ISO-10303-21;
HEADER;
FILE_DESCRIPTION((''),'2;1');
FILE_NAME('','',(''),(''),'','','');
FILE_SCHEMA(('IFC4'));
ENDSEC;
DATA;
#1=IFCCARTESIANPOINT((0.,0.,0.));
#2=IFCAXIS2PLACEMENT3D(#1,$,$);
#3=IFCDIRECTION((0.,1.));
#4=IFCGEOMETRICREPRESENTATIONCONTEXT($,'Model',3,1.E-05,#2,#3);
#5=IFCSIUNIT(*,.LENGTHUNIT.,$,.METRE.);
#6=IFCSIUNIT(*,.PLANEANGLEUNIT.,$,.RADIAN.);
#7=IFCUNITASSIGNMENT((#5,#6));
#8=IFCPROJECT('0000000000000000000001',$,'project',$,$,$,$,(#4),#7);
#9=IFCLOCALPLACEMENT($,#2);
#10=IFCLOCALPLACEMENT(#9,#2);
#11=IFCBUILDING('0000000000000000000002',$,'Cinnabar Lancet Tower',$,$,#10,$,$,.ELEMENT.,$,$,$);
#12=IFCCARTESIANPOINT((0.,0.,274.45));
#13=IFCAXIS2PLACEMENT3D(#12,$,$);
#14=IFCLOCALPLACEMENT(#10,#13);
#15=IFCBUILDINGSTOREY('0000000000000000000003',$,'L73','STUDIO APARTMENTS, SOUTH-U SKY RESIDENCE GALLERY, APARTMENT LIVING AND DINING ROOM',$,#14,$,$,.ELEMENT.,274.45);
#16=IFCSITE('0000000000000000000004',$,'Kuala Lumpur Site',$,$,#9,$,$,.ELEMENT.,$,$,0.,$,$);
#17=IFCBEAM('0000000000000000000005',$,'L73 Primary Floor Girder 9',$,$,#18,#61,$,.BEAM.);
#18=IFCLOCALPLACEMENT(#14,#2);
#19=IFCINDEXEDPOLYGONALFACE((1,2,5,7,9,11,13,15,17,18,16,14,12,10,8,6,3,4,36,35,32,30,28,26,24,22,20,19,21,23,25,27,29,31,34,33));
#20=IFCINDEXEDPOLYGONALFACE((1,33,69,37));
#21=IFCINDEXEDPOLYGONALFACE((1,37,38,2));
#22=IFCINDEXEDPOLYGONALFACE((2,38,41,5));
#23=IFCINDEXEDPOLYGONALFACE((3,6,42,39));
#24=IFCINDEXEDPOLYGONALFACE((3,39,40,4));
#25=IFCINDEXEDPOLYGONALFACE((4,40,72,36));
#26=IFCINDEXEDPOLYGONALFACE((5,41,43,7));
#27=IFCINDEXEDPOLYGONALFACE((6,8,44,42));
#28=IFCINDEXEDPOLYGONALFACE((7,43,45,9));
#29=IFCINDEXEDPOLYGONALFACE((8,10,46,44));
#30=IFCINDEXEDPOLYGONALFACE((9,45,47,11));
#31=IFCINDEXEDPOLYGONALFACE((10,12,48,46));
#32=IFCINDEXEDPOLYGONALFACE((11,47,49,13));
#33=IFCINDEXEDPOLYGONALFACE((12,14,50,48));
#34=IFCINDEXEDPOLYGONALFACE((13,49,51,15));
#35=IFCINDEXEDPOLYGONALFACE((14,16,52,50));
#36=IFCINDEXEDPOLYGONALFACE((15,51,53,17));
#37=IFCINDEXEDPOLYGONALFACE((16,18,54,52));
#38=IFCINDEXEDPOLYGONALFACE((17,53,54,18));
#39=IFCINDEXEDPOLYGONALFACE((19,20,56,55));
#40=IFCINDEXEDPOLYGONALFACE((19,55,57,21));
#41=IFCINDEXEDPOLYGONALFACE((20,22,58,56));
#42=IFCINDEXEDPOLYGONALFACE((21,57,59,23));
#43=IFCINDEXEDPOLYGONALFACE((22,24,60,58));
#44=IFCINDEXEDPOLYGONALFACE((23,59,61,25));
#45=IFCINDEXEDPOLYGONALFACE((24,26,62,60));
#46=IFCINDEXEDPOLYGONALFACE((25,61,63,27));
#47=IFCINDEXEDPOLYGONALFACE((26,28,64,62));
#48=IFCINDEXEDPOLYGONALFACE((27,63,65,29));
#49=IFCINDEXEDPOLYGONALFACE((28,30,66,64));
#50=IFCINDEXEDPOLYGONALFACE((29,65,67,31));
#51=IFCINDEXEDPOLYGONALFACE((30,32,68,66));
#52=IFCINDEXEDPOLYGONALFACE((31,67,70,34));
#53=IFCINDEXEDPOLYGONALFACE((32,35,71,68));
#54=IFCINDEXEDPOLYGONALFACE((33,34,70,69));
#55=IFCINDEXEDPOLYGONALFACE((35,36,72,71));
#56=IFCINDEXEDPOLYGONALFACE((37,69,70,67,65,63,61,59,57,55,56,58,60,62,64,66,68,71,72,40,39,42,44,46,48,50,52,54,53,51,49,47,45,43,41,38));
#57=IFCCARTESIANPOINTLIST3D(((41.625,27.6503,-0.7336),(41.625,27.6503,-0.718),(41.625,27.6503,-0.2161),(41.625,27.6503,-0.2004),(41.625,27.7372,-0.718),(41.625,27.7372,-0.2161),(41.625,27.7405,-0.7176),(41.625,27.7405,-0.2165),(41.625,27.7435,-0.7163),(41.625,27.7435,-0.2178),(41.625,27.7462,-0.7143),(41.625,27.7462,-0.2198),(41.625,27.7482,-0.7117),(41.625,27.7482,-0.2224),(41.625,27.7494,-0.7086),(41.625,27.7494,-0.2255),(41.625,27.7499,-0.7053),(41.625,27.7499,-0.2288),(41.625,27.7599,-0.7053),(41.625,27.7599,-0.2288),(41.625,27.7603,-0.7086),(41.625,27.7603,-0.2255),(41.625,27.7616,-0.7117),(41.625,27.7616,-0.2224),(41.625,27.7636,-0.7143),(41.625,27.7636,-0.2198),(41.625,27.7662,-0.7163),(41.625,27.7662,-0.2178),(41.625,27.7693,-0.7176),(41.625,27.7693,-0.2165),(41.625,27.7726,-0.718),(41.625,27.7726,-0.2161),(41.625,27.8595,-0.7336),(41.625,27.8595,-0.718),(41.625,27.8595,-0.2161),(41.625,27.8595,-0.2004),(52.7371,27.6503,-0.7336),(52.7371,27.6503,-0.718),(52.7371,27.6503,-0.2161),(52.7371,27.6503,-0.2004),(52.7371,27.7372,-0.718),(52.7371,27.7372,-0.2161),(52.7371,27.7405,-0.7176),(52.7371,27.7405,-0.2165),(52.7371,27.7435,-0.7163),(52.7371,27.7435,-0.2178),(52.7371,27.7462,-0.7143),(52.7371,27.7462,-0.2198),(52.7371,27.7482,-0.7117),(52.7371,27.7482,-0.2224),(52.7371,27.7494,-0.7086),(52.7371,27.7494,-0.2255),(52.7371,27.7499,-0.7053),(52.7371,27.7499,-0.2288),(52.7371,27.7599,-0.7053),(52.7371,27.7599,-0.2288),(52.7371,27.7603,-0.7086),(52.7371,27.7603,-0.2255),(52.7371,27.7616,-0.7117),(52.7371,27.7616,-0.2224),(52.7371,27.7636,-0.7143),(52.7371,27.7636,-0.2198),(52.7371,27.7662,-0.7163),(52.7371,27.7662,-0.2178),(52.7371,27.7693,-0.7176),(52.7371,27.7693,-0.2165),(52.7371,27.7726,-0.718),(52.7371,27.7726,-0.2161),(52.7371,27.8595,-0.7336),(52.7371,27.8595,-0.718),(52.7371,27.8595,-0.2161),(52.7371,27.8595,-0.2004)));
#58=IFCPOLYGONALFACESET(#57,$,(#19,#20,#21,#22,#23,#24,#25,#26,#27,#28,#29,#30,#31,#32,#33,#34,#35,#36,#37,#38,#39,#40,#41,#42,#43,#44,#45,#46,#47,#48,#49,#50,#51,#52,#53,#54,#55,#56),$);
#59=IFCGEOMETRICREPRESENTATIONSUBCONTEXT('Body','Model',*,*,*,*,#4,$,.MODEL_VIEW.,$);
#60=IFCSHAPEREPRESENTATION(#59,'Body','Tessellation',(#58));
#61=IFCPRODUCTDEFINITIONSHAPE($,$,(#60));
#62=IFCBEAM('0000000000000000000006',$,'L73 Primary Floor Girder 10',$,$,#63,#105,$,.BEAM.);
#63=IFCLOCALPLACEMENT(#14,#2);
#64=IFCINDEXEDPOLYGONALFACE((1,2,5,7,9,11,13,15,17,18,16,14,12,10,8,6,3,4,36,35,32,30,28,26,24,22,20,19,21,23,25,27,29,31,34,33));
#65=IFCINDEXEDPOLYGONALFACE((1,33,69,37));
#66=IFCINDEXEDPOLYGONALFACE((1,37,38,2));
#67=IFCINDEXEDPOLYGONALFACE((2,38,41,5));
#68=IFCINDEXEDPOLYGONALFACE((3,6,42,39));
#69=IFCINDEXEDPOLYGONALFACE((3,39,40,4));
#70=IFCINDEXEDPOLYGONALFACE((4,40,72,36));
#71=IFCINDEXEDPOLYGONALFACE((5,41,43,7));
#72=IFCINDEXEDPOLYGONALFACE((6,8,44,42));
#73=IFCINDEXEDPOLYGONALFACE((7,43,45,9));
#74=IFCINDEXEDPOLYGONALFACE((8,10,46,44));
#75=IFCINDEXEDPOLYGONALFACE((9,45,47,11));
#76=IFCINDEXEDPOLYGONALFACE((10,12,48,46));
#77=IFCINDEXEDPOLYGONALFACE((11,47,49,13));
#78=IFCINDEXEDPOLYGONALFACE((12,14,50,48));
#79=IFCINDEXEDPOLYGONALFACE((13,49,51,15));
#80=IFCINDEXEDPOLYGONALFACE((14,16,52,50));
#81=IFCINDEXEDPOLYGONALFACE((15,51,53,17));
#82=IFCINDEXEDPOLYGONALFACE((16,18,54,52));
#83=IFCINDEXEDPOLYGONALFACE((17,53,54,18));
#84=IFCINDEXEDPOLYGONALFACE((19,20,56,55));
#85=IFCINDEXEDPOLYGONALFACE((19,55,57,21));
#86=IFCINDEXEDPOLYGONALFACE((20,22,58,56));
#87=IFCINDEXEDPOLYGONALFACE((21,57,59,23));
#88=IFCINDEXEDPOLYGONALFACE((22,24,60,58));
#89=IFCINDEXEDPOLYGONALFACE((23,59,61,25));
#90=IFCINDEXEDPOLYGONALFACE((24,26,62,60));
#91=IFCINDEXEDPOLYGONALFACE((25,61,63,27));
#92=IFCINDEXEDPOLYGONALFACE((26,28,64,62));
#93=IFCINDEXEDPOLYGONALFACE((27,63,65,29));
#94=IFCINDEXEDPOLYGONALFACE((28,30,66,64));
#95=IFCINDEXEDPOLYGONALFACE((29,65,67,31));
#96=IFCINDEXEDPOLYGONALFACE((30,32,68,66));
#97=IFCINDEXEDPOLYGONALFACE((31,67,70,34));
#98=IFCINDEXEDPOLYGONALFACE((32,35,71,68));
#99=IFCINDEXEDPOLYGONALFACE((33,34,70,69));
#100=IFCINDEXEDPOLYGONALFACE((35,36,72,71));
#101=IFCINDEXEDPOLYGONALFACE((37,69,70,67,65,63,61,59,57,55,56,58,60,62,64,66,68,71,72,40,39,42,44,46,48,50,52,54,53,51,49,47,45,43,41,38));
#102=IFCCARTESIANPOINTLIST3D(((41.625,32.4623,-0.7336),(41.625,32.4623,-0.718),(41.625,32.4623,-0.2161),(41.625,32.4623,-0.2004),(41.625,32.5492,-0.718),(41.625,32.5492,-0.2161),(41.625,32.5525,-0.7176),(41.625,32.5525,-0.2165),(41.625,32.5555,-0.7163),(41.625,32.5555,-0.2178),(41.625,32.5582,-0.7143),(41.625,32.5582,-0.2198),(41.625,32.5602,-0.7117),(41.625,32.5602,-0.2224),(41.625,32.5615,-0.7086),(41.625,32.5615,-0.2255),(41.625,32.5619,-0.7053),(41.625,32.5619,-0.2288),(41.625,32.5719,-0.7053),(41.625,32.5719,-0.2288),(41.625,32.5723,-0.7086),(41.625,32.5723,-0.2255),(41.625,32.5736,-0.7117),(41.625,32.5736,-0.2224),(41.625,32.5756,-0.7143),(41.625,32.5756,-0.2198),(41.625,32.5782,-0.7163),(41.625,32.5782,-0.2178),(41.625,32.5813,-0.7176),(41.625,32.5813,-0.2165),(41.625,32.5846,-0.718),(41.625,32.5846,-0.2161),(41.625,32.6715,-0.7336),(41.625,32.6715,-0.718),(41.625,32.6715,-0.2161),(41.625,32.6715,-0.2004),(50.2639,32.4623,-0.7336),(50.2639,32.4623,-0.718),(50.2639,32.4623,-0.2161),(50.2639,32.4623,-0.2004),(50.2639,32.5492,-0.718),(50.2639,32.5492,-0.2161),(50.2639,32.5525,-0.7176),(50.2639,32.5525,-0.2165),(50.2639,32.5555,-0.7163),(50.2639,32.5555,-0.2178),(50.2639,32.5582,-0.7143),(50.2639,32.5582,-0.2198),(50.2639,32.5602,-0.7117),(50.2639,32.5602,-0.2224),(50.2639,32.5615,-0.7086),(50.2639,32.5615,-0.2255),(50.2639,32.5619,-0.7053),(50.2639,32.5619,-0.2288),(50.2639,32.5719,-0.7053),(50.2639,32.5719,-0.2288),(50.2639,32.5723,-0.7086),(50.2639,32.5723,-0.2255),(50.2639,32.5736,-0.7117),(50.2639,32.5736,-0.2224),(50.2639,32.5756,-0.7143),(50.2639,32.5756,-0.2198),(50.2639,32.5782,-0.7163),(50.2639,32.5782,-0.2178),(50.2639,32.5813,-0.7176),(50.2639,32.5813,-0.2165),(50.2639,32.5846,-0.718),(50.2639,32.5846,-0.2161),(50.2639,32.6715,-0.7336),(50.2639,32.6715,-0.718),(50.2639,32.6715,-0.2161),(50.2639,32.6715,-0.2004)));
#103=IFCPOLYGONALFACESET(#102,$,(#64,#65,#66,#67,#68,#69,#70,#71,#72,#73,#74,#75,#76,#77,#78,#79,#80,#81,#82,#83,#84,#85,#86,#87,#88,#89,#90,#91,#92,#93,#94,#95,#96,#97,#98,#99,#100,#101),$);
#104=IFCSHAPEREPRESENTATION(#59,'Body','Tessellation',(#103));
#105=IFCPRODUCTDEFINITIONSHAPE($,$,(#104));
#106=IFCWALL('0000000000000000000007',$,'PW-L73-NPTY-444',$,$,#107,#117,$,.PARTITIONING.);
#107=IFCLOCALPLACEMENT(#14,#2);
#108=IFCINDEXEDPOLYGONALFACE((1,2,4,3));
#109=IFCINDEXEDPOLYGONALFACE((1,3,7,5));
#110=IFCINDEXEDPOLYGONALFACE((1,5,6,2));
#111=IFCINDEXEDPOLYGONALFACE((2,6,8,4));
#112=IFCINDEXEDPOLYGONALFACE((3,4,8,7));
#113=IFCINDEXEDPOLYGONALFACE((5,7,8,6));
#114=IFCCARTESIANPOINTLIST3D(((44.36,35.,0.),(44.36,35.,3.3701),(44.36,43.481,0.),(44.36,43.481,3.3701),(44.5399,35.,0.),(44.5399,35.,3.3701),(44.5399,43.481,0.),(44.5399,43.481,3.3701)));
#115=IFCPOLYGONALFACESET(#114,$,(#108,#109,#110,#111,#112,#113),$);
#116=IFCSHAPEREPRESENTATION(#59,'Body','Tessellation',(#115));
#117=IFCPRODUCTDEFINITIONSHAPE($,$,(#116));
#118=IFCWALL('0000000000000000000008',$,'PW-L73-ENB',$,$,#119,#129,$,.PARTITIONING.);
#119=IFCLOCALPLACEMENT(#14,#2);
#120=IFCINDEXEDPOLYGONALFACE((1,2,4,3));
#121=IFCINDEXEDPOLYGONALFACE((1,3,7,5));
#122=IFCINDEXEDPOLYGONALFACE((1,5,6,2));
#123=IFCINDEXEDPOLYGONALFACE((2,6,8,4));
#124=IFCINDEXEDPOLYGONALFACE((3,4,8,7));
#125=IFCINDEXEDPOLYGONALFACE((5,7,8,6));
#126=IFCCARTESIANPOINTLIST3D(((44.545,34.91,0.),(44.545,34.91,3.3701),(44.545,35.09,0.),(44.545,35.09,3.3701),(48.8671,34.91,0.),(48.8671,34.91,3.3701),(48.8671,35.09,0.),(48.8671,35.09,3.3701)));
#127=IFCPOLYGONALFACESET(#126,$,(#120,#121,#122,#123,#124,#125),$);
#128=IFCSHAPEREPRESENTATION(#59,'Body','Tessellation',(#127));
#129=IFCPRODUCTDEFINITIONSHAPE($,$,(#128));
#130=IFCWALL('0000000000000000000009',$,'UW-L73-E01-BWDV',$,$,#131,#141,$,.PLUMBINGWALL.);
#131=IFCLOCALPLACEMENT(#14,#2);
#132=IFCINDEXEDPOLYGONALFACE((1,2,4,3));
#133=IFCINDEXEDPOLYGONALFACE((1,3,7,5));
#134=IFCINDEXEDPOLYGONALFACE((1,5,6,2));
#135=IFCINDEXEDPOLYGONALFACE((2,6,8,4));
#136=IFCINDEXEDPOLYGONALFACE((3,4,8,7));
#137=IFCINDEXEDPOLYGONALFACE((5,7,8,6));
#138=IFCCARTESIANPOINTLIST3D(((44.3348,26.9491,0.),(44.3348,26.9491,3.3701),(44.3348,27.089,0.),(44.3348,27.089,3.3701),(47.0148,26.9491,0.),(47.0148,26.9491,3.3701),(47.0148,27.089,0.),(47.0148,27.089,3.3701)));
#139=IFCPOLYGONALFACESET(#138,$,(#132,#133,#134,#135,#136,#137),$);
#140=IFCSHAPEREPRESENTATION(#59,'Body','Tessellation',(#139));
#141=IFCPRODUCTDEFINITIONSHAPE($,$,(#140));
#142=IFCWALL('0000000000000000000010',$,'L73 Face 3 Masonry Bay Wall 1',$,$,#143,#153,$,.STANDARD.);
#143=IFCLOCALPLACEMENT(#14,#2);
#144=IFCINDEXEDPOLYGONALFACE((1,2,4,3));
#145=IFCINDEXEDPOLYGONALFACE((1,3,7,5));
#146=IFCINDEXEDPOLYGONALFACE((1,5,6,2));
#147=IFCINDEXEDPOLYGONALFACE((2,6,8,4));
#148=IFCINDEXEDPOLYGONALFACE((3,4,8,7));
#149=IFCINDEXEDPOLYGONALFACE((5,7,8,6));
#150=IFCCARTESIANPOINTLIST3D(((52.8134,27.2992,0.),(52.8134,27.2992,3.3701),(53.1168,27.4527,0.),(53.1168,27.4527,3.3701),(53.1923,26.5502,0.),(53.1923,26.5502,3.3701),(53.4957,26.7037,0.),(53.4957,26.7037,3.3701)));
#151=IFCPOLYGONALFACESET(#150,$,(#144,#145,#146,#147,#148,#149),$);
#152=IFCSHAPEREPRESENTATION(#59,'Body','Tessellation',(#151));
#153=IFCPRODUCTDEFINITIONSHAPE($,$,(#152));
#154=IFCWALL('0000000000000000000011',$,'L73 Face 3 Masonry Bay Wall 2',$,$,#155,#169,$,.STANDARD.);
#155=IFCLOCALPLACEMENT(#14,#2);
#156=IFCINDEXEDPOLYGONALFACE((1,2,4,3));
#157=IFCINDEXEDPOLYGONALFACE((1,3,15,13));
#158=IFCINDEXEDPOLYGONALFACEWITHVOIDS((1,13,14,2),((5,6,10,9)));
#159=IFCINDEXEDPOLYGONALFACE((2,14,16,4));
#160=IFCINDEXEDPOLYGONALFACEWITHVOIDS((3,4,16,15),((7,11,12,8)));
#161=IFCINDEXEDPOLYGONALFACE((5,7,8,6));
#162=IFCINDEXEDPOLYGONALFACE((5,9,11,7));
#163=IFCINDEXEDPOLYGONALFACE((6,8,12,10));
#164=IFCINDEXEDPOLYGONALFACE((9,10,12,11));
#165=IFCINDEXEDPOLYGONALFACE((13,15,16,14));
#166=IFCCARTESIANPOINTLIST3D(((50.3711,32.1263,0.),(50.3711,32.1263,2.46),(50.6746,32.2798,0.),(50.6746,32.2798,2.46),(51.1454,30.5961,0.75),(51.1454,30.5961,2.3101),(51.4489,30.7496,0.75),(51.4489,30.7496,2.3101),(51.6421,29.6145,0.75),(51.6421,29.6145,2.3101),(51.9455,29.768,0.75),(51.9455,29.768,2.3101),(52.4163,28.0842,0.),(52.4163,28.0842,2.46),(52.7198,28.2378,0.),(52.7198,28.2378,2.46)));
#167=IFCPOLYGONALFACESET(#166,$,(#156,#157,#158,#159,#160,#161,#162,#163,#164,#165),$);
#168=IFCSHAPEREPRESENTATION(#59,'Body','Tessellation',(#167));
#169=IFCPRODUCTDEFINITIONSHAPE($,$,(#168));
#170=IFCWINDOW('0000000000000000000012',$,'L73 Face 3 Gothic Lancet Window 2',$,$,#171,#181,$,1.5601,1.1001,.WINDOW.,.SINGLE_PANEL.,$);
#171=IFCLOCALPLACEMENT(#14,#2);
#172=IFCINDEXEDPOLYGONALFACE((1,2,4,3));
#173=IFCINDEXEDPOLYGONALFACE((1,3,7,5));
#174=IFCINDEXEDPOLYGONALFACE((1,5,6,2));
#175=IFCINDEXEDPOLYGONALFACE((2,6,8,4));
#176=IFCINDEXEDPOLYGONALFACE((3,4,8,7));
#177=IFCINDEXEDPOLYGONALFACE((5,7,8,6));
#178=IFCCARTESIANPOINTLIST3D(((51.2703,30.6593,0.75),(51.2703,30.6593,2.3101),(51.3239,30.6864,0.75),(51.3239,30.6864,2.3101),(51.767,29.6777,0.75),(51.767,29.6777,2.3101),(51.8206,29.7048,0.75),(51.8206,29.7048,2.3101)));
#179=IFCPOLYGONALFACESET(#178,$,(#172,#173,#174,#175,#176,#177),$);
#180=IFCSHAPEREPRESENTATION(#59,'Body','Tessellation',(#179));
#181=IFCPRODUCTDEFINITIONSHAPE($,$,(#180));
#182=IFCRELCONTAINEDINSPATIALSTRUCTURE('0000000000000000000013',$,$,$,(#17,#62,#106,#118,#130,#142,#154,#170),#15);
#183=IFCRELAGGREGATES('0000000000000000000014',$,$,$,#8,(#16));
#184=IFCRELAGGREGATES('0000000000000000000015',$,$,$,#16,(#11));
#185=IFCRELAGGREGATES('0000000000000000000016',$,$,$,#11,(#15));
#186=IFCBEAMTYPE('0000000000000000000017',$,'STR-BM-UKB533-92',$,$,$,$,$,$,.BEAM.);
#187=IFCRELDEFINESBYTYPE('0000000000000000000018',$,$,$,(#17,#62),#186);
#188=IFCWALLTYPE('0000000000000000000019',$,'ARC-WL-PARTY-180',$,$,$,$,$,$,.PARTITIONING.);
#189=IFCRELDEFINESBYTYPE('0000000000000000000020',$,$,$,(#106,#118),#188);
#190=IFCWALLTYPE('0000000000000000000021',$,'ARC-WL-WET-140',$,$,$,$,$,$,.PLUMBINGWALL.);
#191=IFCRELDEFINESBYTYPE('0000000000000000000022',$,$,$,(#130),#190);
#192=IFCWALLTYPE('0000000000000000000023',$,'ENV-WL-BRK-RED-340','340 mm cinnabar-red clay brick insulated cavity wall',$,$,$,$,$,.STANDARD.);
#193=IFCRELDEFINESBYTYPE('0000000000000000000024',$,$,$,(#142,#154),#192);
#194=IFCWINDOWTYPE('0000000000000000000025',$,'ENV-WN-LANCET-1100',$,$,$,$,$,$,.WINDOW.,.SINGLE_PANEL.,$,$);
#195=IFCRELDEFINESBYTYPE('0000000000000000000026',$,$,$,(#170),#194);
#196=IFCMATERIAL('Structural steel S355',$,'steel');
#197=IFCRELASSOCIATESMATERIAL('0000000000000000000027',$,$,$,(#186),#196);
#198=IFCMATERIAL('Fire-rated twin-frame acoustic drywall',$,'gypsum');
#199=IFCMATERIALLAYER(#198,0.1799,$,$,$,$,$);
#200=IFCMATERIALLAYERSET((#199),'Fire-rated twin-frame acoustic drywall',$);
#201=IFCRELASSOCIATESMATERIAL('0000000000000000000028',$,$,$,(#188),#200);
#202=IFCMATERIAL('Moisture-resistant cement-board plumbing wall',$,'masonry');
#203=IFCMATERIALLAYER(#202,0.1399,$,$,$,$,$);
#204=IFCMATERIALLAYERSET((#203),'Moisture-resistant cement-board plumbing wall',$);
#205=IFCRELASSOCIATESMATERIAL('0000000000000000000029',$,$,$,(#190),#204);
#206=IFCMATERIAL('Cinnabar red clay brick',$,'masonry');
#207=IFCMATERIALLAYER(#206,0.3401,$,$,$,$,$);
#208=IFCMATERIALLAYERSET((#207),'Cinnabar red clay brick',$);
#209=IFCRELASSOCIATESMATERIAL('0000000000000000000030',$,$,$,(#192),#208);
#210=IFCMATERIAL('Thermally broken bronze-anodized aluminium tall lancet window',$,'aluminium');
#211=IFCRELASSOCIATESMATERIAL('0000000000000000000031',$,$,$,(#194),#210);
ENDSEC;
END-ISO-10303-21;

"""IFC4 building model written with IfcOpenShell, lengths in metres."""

from ifc_helpers import new_model, si_unit, direction, frame, frame_2d, origin, origin_2d, place, context, subcontext, project, spatial, rectangle, i_section, extrude, material, layer, layer_set, material_profile, profile_set, type_object, element, fill, save


model = new_model("IFC4")

# Units and contexts
model_context = context("Model", 3, precision=1e-05, world=origin(), true_north=direction((0.0, 1.0)))
body_context = subcontext(model_context, "Body", "Model", "MODEL_VIEW")
ifc_project = project(units=[si_unit("LENGTHUNIT", "METRE"), si_unit("PLANEANGLEUNIT", "RADIAN")], contexts=[model_context])

# Site, building, storey
site_placement = place(None, origin())
site = spatial("IfcSite", under=ifc_project, at=site_placement, Name="Kuala Lumpur Site", CompositionType="ELEMENT", RefElevation=0.0)
building_placement = place(site_placement, origin())
building = spatial("IfcBuilding", under=site, at=building_placement, Name="Cinnabar Lancet Tower", CompositionType="ELEMENT")
storey_placement = place(building_placement, frame((0.0, 0.0, 274.45)))
storey = spatial("IfcBuildingStorey", under=building, at=storey_placement, Name="L73", Description="STUDIO APARTMENTS, SOUTH-U SKY RESIDENCE GALLERY, APARTMENT LIVING AND DINING ROOM", CompositionType="ELEMENT", Elevation=274.45)

# Beams
ifc_material_1 = material(Name="Structural steel S355", Category="steel")
ifc_material_profile_1 = material_profile(ifc_material_1, i_section(OverallWidth=0.2092, OverallDepth=0.5332, WebThickness=0.01, FlangeThickness=0.0156, FilletRadius=0.0127, at=origin_2d()), Name="UKB 533x210x92")
ifc_profile_set_1 = profile_set([ifc_material_profile_1], Name="Structural steel S355")
beam_type_1 = type_object("IfcBeamType", Name="STR-BM-UKB533-92", PredefinedType="BEAM", material=ifc_profile_set_1)
beam_1_placement = place(storey_placement, frame((52.7371, 27.7549, -0.467), z_axis=(-1.0, 0.0, 0.0), x_axis=(0.0, -1.0, 0.0)))
element("IfcBeam", 1, at=beam_1_placement, inside=storey, type_object=beam_type_1, Name="L73 Primary Floor Girder 9", PredefinedType="BEAM", context=body_context, shape_type="SweptSolid", body=[
    extrude(i_section(OverallWidth=0.2092, OverallDepth=0.5332, WebThickness=0.01, FlangeThickness=0.0156, FilletRadius=0.0127, at=origin_2d()), origin(), (0.0, 0.0, 1.0), 11.1121),
])
beam_2_placement = place(storey_placement, frame((50.2639, 32.5669, -0.467), z_axis=(-1.0, 0.0, 0.0), x_axis=(0.0, -1.0, 0.0)))
element("IfcBeam", 2, at=beam_2_placement, inside=storey, type_object=beam_type_1, Name="L73 Primary Floor Girder 10", PredefinedType="BEAM", context=body_context, shape_type="SweptSolid", body=[
    extrude(i_section(OverallWidth=0.2092, OverallDepth=0.5332, WebThickness=0.01, FlangeThickness=0.0156, FilletRadius=0.0127, at=origin_2d()), origin(), (0.0, 0.0, 1.0), 8.6389),
])

# Walls
ifc_material_2 = material(Name="Fire-rated twin-frame acoustic drywall", Category="gypsum")
ifc_layer_1 = layer(ifc_material_2, 0.1799)
ifc_layer_set_1 = layer_set([ifc_layer_1], Name="Fire-rated twin-frame acoustic drywall")
wall_type_1 = type_object("IfcWallType", Name="ARC-WL-PARTY-180", PredefinedType="PARTITIONING", material=ifc_layer_set_1)
wall_1_placement = place(storey_placement, frame((44.45, 35.0, 0.0), z_axis=(0.0, 0.0, 1.0), x_axis=(0.0, 1.0, 0.0)))
element("IfcWall", 3, at=wall_1_placement, inside=storey, type_object=wall_type_1, Name="PW-L73-NPTY-444", PredefinedType="PARTITIONING", context=body_context, shape_type="SweptSolid", body=[
    extrude(rectangle(XDim=8.481, YDim=0.1799, at=frame_2d((4.2405, 0.0))), origin(), (0.0, 0.0, 1.0), 3.3701),
])
wall_2_placement = place(storey_placement, frame((44.5449, 35.0, 0.0), z_axis=(0.0, 0.0, 1.0), x_axis=(1.0, 0.0, 0.0)))
element("IfcWall", 4, at=wall_2_placement, inside=storey, type_object=wall_type_1, Name="PW-L73-ENB", PredefinedType="PARTITIONING", context=body_context, shape_type="SweptSolid", body=[
    extrude(rectangle(XDim=4.322, YDim=0.1799, at=frame_2d((2.1611, 0.0))), origin(), (0.0, 0.0, 1.0), 3.3701),
])
ifc_material_3 = material(Name="Moisture-resistant cement-board plumbing wall", Category="masonry")
ifc_layer_2 = layer(ifc_material_3, 0.1399)
ifc_layer_set_2 = layer_set([ifc_layer_2], Name="Moisture-resistant cement-board plumbing wall")
wall_type_2 = type_object("IfcWallType", Name="ARC-WL-WET-140", PredefinedType="PLUMBINGWALL", material=ifc_layer_set_2)
wall_3_placement = place(storey_placement, frame((44.335, 27.019, 0.0), z_axis=(0.0, 0.0, 1.0), x_axis=(1.0, 0.0, 0.0)))
element("IfcWall", 5, at=wall_3_placement, inside=storey, type_object=wall_type_2, Name="UW-L73-E01-BWDV", PredefinedType="PLUMBINGWALL", context=body_context, shape_type="SweptSolid", body=[
    extrude(rectangle(XDim=2.6799, YDim=0.1399, at=frame_2d((1.3398, 0.0))), origin(), (0.0, 0.0, 1.0), 3.3701),
])
ifc_material_4 = material(Name="Cinnabar red clay brick", Category="masonry")
ifc_layer_3 = layer(ifc_material_4, 0.3401)
ifc_layer_set_3 = layer_set([ifc_layer_3], Name="Cinnabar red clay brick")
wall_type_3 = type_object("IfcWallType", Name="ENV-WL-BRK-RED-340", Description="340 mm cinnabar-red clay brick insulated cavity wall", PredefinedType="STANDARD", material=ifc_layer_set_3)
wall_4_placement = place(storey_placement, frame((53.344, 26.627, 0.0), z_axis=(0.0, 0.0, 1.0), x_axis=(-0.451397, 0.892323, 0.0)))
element("IfcWall", 6, at=wall_4_placement, inside=storey, type_object=wall_type_3, Name="L73 Face 3 Masonry Bay Wall 1", PredefinedType="STANDARD", context=body_context, shape_type="SweptSolid", body=[
    extrude(rectangle(XDim=0.8394, YDim=0.3401, at=frame_2d((0.4197, 0.0))), origin(), (0.0, 0.0, 1.0), 3.3701),
])

# Wall, opening, window
wall_5_placement = place(storey_placement, frame((52.5681, 28.1609, 0.0), z_axis=(0.0, 0.0, 1.0), x_axis=(-0.451477, 0.892283, 0.0)))
wall_5 = element("IfcWall", 7, at=wall_5_placement, inside=storey, type_object=wall_type_3, Name="L73 Face 3 Masonry Bay Wall 2", PredefinedType="STANDARD", context=body_context, shape_type="SweptSolid", body=[
    extrude(rectangle(XDim=4.53, YDim=0.3401, at=frame_2d((2.2651, 0.0))), origin(), (0.0, 0.0, 1.0), 2.46),
])
opening_1_placement = place(wall_5_placement, frame((1.7151, 0.0, 0.75)))
opening_1 = element("IfcOpeningElement", 8, at=opening_1_placement, cuts=wall_5, PredefinedType="OPENING", context=body_context, shape_type="SweptSolid", body=[
    extrude(rectangle(XDim=1.1001, YDim=1.5601, at=frame_2d((0.55, 0.78))), frame((0.0, 0.1799, 0.0), z_axis=(0.0, -1.0, 0.0), x_axis=(1.0, 0.0, 0.0)), (0.0, 0.0, 1.0), 0.3601),
])
ifc_material_5 = material(Name="Thermally broken bronze-anodized aluminium tall lancet window", Category="aluminium")
window_type = type_object("IfcWindowType", Name="ENV-WN-LANCET-1100", PartitioningType="SINGLE_PANEL", PredefinedType="WINDOW", material=ifc_material_5)
window_1_placement = place(opening_1_placement, origin())
window_1 = element("IfcWindow", 9, at=window_1_placement, inside=storey, type_object=window_type, Name="L73 Face 3 Gothic Lancet Window 2", OverallHeight=1.5601, OverallWidth=1.1001, PartitioningType="SINGLE_PANEL", PredefinedType="WINDOW", context=body_context, shape_type="SweptSolid", body=[
    extrude(rectangle(XDim=1.1001, YDim=1.5601, at=frame_2d((0.55, 0.78))), frame((0.0, 0.03, 0.0), z_axis=(0.0, -1.0, 0.0), x_axis=(1.0, 0.0, 0.0)), (0.0, 0.0, 1.0), 0.0601),
])
fill(opening_1, window_1)

save(model, "model.ifc")
